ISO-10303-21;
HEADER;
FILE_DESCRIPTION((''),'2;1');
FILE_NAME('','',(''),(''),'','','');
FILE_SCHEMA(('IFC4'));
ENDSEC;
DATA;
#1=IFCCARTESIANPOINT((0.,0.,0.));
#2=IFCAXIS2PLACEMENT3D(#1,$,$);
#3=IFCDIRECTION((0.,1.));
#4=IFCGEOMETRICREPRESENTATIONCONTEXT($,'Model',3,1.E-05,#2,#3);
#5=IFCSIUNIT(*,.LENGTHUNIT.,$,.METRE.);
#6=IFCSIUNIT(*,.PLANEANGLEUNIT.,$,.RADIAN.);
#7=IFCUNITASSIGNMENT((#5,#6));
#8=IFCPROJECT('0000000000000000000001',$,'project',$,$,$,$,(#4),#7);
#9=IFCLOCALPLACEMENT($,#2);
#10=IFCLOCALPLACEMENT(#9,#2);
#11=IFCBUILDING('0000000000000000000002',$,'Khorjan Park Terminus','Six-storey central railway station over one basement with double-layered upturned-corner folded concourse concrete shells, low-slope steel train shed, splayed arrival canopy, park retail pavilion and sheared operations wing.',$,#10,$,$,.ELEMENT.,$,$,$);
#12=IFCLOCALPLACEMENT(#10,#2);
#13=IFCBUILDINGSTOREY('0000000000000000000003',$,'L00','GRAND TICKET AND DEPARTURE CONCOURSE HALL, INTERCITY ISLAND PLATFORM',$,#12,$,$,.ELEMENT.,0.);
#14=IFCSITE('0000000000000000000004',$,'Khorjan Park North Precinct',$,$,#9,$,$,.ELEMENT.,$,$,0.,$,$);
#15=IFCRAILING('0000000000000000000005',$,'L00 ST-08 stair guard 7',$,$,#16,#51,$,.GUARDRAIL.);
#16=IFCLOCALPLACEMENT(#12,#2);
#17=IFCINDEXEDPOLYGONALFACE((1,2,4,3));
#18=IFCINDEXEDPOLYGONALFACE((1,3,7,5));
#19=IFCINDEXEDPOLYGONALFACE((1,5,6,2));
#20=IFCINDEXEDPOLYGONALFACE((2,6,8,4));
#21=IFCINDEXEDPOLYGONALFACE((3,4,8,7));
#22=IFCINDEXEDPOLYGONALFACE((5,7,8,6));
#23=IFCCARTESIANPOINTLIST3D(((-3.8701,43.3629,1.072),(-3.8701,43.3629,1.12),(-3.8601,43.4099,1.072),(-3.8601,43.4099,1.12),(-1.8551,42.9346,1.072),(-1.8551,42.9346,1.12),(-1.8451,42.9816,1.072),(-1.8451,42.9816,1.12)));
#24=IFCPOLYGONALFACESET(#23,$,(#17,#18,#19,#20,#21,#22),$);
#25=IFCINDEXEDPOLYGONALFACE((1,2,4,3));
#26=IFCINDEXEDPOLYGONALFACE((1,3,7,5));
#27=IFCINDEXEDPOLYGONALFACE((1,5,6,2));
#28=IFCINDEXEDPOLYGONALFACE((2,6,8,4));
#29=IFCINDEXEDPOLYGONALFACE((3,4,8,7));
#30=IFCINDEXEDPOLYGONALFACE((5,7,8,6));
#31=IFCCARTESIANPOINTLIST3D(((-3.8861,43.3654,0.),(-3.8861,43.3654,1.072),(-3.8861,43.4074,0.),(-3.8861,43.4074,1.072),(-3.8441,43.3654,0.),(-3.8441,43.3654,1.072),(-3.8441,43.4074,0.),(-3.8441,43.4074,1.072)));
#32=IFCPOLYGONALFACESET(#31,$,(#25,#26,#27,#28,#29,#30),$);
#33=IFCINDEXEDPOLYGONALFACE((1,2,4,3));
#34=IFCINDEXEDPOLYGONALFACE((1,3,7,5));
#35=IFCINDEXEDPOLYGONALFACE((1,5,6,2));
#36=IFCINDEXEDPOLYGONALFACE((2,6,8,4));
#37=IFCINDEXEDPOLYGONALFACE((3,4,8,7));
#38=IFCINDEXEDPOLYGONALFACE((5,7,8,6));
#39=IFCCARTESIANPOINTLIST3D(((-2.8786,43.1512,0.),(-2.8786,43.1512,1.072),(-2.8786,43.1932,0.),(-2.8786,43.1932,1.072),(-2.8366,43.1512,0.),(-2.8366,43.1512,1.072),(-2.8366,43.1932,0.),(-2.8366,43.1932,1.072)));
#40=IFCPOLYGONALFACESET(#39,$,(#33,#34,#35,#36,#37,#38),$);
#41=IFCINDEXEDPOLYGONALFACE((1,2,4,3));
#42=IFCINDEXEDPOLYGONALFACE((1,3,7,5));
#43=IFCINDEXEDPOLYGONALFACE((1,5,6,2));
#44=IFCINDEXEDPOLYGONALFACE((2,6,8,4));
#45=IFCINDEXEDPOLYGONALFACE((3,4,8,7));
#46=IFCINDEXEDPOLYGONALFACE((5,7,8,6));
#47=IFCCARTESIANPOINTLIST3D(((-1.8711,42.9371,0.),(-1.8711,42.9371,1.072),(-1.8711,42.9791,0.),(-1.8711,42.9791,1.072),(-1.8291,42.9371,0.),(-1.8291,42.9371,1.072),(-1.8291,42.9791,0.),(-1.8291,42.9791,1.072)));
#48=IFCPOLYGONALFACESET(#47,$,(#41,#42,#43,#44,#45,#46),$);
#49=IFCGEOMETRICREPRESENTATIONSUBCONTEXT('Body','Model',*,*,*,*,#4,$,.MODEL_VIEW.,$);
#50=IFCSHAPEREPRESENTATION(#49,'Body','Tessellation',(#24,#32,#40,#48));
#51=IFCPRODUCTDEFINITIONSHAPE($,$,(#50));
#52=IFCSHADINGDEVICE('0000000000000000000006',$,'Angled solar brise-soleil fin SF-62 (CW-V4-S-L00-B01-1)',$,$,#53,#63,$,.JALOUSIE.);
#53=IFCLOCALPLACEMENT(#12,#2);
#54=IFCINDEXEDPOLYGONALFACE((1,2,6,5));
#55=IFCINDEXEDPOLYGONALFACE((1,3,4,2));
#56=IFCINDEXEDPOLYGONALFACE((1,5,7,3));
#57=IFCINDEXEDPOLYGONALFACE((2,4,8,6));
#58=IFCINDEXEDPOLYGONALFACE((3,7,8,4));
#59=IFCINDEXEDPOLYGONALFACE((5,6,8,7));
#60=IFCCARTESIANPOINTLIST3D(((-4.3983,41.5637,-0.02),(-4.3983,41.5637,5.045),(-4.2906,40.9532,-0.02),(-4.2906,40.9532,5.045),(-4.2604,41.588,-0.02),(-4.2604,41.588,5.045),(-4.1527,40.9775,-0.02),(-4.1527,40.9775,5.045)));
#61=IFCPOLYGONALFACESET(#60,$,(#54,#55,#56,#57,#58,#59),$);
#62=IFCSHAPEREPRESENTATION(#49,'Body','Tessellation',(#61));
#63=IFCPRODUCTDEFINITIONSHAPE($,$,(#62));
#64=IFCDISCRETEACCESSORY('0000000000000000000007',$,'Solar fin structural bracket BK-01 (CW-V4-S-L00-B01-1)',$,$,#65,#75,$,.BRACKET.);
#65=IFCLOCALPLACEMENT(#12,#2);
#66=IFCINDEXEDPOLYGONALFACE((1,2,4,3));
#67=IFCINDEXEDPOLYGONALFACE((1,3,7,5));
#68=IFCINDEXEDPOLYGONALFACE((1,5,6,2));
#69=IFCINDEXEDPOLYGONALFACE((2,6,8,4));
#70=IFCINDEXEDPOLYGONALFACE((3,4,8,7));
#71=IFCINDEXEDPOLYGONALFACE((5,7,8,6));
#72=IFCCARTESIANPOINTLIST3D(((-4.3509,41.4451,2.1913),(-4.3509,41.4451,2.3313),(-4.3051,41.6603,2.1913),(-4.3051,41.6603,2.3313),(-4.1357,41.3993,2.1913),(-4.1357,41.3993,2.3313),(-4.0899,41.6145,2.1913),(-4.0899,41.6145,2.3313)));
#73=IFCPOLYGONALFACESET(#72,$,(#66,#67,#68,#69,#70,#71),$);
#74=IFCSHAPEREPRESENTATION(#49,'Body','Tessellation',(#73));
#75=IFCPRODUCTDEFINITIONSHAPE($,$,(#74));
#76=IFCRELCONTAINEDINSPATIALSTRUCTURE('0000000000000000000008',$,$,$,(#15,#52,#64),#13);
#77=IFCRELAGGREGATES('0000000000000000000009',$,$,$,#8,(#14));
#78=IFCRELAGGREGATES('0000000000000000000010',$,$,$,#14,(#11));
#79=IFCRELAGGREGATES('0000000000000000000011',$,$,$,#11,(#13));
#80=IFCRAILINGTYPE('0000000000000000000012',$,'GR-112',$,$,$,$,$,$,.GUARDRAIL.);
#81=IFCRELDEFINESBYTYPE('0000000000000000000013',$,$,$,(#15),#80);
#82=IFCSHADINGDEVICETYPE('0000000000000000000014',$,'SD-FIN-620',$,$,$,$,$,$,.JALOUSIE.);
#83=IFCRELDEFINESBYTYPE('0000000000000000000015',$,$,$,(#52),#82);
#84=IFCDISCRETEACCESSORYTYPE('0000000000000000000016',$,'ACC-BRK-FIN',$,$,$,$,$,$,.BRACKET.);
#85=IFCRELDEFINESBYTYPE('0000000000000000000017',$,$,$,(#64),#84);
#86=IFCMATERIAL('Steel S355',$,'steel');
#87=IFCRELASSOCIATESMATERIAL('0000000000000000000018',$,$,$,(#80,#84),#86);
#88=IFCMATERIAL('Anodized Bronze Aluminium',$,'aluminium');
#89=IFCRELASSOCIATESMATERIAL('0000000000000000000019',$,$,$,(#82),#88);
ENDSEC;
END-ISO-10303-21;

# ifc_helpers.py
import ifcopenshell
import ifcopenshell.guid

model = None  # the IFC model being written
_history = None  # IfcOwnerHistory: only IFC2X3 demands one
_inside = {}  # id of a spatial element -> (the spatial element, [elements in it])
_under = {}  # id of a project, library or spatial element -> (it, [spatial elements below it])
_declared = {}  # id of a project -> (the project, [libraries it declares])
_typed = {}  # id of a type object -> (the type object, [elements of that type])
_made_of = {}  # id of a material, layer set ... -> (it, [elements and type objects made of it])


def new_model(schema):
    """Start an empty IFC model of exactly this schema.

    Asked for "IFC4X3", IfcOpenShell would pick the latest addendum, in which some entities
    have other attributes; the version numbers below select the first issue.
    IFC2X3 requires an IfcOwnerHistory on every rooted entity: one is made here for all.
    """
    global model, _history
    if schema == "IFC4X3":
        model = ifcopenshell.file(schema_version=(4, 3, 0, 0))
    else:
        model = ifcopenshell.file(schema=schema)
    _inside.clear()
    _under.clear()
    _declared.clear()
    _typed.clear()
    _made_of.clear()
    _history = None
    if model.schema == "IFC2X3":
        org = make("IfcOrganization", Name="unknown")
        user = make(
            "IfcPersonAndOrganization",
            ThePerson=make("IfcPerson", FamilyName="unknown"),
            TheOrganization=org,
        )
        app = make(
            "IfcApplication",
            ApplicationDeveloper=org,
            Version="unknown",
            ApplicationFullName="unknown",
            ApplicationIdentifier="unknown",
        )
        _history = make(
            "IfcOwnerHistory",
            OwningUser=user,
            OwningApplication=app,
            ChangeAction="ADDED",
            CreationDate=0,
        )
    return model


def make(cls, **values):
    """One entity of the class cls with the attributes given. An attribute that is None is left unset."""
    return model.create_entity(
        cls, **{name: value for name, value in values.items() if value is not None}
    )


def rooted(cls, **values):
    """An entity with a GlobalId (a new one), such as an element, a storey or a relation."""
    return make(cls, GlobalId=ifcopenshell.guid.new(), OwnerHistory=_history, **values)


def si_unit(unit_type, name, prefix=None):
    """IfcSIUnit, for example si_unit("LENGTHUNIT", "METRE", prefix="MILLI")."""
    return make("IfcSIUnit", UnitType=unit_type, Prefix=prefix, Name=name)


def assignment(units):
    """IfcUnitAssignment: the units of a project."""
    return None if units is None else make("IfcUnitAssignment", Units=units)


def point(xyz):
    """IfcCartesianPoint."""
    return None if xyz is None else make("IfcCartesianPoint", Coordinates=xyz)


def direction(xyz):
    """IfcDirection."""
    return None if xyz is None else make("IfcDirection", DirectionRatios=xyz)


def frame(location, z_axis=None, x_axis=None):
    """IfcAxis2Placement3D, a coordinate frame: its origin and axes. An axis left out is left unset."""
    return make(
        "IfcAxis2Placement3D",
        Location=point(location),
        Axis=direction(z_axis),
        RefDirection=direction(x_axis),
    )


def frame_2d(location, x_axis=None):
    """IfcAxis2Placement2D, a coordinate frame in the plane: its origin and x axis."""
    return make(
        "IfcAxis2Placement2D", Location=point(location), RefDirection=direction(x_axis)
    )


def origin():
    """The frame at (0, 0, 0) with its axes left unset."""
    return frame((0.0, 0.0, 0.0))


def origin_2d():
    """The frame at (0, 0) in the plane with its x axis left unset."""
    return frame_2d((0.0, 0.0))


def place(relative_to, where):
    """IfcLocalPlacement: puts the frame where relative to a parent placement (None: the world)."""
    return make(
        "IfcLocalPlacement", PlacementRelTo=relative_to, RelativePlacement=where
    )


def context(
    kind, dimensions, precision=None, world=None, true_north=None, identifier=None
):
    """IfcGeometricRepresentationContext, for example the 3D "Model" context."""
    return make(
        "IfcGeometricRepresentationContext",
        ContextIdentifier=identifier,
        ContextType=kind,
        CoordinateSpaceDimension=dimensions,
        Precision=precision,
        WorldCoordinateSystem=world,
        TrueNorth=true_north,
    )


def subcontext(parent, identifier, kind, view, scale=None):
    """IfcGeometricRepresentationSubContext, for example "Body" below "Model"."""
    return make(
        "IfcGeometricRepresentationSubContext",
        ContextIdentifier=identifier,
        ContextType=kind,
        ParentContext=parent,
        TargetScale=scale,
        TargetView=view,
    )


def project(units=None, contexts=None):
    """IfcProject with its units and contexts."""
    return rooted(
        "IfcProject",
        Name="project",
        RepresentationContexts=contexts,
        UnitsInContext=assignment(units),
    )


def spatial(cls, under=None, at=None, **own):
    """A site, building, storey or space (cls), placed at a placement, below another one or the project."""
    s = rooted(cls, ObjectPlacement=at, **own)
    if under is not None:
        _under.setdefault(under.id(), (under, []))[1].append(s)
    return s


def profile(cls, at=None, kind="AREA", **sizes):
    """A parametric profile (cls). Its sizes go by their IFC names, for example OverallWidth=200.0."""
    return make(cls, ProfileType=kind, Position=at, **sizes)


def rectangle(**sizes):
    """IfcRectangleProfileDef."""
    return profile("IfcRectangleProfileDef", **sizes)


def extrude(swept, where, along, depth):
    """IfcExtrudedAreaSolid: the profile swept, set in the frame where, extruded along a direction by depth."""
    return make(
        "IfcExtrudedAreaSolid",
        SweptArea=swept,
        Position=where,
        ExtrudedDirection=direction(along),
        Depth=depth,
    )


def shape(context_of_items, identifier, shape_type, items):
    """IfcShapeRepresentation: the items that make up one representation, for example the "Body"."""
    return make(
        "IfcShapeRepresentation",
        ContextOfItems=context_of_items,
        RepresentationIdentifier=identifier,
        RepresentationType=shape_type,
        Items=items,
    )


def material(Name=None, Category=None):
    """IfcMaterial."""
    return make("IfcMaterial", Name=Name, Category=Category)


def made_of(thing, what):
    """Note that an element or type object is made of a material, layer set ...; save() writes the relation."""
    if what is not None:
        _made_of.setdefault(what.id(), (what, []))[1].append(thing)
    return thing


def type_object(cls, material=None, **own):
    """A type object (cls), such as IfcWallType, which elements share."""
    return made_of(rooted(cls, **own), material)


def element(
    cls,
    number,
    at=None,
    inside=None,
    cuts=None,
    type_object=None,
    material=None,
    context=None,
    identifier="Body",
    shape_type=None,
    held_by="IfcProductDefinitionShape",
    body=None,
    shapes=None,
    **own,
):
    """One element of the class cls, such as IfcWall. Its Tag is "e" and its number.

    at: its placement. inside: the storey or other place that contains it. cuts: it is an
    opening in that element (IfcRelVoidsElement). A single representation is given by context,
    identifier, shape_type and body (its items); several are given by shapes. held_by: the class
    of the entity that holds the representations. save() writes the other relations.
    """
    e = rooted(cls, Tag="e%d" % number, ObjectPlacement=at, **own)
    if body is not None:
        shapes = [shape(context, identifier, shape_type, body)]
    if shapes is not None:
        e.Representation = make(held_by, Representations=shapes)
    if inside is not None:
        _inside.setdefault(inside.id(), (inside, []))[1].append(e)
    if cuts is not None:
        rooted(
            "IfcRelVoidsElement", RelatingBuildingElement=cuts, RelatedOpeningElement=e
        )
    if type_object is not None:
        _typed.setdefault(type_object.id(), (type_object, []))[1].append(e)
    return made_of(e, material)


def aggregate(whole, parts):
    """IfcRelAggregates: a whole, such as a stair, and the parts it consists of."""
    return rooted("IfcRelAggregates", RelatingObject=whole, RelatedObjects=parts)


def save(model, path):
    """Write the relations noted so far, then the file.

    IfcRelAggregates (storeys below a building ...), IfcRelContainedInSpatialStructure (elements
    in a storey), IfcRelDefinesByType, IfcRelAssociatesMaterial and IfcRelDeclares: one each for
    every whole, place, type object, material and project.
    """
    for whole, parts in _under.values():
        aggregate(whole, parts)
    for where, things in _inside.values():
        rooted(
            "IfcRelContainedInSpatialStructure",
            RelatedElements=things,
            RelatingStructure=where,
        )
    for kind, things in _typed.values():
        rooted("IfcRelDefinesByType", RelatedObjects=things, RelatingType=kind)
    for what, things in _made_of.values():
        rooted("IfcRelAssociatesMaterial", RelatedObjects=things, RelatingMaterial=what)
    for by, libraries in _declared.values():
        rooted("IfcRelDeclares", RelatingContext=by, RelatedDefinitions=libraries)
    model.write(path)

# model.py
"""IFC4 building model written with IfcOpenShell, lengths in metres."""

from ifc_helpers import new_model, si_unit, direction, frame, origin, origin_2d, place, context, subcontext, project, spatial, rectangle, extrude, material, type_object, element, save


model = new_model("IFC4")

# Units and contexts
model_context = context("Model", 3, precision=1e-05, world=origin(), true_north=direction((0.0, 1.0)))
body_context = subcontext(model_context, "Body", "Model", "MODEL_VIEW")
ifc_project = project(units=[si_unit("LENGTHUNIT", "METRE"), si_unit("PLANEANGLEUNIT", "RADIAN")], contexts=[model_context])

# Site, building, storey
site_placement = place(None, origin())
site = spatial("IfcSite", under=ifc_project, at=site_placement, Name="Khorjan Park North Precinct", CompositionType="ELEMENT", RefElevation=0.0)
building_placement = place(site_placement, origin())
building = spatial("IfcBuilding", under=site, at=building_placement, Name="Khorjan Park Terminus", Description="Six-storey central railway station over one basement with double-layered upturned-corner folded concourse concrete shells, low-slope steel train shed, splayed arrival canopy, park retail pavilion and sheared operations wing.", CompositionType="ELEMENT")
storey_placement = place(building_placement, origin())
storey = spatial("IfcBuildingStorey", under=building, at=storey_placement, Name="L00", Description="GRAND TICKET AND DEPARTURE CONCOURSE HALL, INTERCITY ISLAND PLATFORM", CompositionType="ELEMENT", Elevation=0.0)

# Shared definitions
ifc_material_1 = material(Name="Steel S355", Category="steel")

# Shared definitions
ifc_material_2 = material(Name="Anodized Bronze Aluminium", Category="aluminium")

# Railing
railing_type = type_object("IfcRailingType", Name="GR-112", PredefinedType="GUARDRAIL", material=ifc_material_1)
railing_placement = place(storey_placement, frame((-3.8651, 43.3864, 0.0)))
element("IfcRailing", 1, at=railing_placement, inside=storey, type_object=railing_type, Name="L00 ST-08 stair guard 7", PredefinedType="GUARDRAIL", context=body_context, shape_type="SweptSolid", body=[
    extrude(rectangle(XDim=0.048, YDim=0.048, at=origin_2d()), frame((0.0, 0.0, 1.096), z_axis=(0.978148, -0.207911, 0.0), x_axis=(0.207911, 0.978148, 0.0)), (0.0, 0.0, 1.0), 2.06),
    extrude(rectangle(XDim=0.042, YDim=0.042, at=origin_2d()), origin(), (0.0, 0.0, 1.0), 1.072),
    extrude(rectangle(XDim=0.042, YDim=0.042, at=origin_2d()), frame((1.0075, -0.2142, 0.0)), (0.0, 0.0, 1.0), 1.072),
    extrude(rectangle(XDim=0.042, YDim=0.042, at=origin_2d()), frame((2.015, -0.4283, 0.0)), (0.0, 0.0, 1.0), 1.072),
])

# Shading device
shading_device_type = type_object("IfcShadingDeviceType", Name="SD-FIN-620", PredefinedType="JALOUSIE", material=ifc_material_2)
shading_device_placement = place(storey_placement, frame((-4.2755, 41.2706, -0.02), z_axis=(0.0, 0.0, 1.0), x_axis=(-0.173648, 0.984808, 0.0)))
element("IfcShadingDevice", 2, at=shading_device_placement, inside=storey, type_object=shading_device_type, Name="Angled solar brise-soleil fin SF-62 (CW-V4-S-L00-B01-1)", PredefinedType="JALOUSIE", context=body_context, shape_type="SweptSolid", body=[
    extrude(rectangle(XDim=0.62, YDim=0.14, at=origin_2d()), origin(), (0.0, 0.0, 1.0), 5.065),
])

# Discrete accessory
discrete_accessory_type = type_object("IfcDiscreteAccessoryType", Name="ACC-BRK-FIN", PredefinedType="BRACKET", material=ifc_material_1)
discrete_accessory_placement = place(storey_placement, frame((-4.2204, 41.5298, 2.1913), z_axis=(0.0, 0.0, 1.0), x_axis=(0.978147, -0.207914, 0.0)))
element("IfcDiscreteAccessory", 3, at=discrete_accessory_placement, inside=storey, type_object=discrete_accessory_type, Name="Solar fin structural bracket BK-01 (CW-V4-S-L00-B01-1)", PredefinedType="BRACKET", context=body_context, shape_type="SweptSolid", body=[
    extrude(rectangle(XDim=0.22, YDim=0.22, at=origin_2d()), origin(), (0.0, 0.0, 1.0), 0.14),
])

save(model, "model.ifc")
